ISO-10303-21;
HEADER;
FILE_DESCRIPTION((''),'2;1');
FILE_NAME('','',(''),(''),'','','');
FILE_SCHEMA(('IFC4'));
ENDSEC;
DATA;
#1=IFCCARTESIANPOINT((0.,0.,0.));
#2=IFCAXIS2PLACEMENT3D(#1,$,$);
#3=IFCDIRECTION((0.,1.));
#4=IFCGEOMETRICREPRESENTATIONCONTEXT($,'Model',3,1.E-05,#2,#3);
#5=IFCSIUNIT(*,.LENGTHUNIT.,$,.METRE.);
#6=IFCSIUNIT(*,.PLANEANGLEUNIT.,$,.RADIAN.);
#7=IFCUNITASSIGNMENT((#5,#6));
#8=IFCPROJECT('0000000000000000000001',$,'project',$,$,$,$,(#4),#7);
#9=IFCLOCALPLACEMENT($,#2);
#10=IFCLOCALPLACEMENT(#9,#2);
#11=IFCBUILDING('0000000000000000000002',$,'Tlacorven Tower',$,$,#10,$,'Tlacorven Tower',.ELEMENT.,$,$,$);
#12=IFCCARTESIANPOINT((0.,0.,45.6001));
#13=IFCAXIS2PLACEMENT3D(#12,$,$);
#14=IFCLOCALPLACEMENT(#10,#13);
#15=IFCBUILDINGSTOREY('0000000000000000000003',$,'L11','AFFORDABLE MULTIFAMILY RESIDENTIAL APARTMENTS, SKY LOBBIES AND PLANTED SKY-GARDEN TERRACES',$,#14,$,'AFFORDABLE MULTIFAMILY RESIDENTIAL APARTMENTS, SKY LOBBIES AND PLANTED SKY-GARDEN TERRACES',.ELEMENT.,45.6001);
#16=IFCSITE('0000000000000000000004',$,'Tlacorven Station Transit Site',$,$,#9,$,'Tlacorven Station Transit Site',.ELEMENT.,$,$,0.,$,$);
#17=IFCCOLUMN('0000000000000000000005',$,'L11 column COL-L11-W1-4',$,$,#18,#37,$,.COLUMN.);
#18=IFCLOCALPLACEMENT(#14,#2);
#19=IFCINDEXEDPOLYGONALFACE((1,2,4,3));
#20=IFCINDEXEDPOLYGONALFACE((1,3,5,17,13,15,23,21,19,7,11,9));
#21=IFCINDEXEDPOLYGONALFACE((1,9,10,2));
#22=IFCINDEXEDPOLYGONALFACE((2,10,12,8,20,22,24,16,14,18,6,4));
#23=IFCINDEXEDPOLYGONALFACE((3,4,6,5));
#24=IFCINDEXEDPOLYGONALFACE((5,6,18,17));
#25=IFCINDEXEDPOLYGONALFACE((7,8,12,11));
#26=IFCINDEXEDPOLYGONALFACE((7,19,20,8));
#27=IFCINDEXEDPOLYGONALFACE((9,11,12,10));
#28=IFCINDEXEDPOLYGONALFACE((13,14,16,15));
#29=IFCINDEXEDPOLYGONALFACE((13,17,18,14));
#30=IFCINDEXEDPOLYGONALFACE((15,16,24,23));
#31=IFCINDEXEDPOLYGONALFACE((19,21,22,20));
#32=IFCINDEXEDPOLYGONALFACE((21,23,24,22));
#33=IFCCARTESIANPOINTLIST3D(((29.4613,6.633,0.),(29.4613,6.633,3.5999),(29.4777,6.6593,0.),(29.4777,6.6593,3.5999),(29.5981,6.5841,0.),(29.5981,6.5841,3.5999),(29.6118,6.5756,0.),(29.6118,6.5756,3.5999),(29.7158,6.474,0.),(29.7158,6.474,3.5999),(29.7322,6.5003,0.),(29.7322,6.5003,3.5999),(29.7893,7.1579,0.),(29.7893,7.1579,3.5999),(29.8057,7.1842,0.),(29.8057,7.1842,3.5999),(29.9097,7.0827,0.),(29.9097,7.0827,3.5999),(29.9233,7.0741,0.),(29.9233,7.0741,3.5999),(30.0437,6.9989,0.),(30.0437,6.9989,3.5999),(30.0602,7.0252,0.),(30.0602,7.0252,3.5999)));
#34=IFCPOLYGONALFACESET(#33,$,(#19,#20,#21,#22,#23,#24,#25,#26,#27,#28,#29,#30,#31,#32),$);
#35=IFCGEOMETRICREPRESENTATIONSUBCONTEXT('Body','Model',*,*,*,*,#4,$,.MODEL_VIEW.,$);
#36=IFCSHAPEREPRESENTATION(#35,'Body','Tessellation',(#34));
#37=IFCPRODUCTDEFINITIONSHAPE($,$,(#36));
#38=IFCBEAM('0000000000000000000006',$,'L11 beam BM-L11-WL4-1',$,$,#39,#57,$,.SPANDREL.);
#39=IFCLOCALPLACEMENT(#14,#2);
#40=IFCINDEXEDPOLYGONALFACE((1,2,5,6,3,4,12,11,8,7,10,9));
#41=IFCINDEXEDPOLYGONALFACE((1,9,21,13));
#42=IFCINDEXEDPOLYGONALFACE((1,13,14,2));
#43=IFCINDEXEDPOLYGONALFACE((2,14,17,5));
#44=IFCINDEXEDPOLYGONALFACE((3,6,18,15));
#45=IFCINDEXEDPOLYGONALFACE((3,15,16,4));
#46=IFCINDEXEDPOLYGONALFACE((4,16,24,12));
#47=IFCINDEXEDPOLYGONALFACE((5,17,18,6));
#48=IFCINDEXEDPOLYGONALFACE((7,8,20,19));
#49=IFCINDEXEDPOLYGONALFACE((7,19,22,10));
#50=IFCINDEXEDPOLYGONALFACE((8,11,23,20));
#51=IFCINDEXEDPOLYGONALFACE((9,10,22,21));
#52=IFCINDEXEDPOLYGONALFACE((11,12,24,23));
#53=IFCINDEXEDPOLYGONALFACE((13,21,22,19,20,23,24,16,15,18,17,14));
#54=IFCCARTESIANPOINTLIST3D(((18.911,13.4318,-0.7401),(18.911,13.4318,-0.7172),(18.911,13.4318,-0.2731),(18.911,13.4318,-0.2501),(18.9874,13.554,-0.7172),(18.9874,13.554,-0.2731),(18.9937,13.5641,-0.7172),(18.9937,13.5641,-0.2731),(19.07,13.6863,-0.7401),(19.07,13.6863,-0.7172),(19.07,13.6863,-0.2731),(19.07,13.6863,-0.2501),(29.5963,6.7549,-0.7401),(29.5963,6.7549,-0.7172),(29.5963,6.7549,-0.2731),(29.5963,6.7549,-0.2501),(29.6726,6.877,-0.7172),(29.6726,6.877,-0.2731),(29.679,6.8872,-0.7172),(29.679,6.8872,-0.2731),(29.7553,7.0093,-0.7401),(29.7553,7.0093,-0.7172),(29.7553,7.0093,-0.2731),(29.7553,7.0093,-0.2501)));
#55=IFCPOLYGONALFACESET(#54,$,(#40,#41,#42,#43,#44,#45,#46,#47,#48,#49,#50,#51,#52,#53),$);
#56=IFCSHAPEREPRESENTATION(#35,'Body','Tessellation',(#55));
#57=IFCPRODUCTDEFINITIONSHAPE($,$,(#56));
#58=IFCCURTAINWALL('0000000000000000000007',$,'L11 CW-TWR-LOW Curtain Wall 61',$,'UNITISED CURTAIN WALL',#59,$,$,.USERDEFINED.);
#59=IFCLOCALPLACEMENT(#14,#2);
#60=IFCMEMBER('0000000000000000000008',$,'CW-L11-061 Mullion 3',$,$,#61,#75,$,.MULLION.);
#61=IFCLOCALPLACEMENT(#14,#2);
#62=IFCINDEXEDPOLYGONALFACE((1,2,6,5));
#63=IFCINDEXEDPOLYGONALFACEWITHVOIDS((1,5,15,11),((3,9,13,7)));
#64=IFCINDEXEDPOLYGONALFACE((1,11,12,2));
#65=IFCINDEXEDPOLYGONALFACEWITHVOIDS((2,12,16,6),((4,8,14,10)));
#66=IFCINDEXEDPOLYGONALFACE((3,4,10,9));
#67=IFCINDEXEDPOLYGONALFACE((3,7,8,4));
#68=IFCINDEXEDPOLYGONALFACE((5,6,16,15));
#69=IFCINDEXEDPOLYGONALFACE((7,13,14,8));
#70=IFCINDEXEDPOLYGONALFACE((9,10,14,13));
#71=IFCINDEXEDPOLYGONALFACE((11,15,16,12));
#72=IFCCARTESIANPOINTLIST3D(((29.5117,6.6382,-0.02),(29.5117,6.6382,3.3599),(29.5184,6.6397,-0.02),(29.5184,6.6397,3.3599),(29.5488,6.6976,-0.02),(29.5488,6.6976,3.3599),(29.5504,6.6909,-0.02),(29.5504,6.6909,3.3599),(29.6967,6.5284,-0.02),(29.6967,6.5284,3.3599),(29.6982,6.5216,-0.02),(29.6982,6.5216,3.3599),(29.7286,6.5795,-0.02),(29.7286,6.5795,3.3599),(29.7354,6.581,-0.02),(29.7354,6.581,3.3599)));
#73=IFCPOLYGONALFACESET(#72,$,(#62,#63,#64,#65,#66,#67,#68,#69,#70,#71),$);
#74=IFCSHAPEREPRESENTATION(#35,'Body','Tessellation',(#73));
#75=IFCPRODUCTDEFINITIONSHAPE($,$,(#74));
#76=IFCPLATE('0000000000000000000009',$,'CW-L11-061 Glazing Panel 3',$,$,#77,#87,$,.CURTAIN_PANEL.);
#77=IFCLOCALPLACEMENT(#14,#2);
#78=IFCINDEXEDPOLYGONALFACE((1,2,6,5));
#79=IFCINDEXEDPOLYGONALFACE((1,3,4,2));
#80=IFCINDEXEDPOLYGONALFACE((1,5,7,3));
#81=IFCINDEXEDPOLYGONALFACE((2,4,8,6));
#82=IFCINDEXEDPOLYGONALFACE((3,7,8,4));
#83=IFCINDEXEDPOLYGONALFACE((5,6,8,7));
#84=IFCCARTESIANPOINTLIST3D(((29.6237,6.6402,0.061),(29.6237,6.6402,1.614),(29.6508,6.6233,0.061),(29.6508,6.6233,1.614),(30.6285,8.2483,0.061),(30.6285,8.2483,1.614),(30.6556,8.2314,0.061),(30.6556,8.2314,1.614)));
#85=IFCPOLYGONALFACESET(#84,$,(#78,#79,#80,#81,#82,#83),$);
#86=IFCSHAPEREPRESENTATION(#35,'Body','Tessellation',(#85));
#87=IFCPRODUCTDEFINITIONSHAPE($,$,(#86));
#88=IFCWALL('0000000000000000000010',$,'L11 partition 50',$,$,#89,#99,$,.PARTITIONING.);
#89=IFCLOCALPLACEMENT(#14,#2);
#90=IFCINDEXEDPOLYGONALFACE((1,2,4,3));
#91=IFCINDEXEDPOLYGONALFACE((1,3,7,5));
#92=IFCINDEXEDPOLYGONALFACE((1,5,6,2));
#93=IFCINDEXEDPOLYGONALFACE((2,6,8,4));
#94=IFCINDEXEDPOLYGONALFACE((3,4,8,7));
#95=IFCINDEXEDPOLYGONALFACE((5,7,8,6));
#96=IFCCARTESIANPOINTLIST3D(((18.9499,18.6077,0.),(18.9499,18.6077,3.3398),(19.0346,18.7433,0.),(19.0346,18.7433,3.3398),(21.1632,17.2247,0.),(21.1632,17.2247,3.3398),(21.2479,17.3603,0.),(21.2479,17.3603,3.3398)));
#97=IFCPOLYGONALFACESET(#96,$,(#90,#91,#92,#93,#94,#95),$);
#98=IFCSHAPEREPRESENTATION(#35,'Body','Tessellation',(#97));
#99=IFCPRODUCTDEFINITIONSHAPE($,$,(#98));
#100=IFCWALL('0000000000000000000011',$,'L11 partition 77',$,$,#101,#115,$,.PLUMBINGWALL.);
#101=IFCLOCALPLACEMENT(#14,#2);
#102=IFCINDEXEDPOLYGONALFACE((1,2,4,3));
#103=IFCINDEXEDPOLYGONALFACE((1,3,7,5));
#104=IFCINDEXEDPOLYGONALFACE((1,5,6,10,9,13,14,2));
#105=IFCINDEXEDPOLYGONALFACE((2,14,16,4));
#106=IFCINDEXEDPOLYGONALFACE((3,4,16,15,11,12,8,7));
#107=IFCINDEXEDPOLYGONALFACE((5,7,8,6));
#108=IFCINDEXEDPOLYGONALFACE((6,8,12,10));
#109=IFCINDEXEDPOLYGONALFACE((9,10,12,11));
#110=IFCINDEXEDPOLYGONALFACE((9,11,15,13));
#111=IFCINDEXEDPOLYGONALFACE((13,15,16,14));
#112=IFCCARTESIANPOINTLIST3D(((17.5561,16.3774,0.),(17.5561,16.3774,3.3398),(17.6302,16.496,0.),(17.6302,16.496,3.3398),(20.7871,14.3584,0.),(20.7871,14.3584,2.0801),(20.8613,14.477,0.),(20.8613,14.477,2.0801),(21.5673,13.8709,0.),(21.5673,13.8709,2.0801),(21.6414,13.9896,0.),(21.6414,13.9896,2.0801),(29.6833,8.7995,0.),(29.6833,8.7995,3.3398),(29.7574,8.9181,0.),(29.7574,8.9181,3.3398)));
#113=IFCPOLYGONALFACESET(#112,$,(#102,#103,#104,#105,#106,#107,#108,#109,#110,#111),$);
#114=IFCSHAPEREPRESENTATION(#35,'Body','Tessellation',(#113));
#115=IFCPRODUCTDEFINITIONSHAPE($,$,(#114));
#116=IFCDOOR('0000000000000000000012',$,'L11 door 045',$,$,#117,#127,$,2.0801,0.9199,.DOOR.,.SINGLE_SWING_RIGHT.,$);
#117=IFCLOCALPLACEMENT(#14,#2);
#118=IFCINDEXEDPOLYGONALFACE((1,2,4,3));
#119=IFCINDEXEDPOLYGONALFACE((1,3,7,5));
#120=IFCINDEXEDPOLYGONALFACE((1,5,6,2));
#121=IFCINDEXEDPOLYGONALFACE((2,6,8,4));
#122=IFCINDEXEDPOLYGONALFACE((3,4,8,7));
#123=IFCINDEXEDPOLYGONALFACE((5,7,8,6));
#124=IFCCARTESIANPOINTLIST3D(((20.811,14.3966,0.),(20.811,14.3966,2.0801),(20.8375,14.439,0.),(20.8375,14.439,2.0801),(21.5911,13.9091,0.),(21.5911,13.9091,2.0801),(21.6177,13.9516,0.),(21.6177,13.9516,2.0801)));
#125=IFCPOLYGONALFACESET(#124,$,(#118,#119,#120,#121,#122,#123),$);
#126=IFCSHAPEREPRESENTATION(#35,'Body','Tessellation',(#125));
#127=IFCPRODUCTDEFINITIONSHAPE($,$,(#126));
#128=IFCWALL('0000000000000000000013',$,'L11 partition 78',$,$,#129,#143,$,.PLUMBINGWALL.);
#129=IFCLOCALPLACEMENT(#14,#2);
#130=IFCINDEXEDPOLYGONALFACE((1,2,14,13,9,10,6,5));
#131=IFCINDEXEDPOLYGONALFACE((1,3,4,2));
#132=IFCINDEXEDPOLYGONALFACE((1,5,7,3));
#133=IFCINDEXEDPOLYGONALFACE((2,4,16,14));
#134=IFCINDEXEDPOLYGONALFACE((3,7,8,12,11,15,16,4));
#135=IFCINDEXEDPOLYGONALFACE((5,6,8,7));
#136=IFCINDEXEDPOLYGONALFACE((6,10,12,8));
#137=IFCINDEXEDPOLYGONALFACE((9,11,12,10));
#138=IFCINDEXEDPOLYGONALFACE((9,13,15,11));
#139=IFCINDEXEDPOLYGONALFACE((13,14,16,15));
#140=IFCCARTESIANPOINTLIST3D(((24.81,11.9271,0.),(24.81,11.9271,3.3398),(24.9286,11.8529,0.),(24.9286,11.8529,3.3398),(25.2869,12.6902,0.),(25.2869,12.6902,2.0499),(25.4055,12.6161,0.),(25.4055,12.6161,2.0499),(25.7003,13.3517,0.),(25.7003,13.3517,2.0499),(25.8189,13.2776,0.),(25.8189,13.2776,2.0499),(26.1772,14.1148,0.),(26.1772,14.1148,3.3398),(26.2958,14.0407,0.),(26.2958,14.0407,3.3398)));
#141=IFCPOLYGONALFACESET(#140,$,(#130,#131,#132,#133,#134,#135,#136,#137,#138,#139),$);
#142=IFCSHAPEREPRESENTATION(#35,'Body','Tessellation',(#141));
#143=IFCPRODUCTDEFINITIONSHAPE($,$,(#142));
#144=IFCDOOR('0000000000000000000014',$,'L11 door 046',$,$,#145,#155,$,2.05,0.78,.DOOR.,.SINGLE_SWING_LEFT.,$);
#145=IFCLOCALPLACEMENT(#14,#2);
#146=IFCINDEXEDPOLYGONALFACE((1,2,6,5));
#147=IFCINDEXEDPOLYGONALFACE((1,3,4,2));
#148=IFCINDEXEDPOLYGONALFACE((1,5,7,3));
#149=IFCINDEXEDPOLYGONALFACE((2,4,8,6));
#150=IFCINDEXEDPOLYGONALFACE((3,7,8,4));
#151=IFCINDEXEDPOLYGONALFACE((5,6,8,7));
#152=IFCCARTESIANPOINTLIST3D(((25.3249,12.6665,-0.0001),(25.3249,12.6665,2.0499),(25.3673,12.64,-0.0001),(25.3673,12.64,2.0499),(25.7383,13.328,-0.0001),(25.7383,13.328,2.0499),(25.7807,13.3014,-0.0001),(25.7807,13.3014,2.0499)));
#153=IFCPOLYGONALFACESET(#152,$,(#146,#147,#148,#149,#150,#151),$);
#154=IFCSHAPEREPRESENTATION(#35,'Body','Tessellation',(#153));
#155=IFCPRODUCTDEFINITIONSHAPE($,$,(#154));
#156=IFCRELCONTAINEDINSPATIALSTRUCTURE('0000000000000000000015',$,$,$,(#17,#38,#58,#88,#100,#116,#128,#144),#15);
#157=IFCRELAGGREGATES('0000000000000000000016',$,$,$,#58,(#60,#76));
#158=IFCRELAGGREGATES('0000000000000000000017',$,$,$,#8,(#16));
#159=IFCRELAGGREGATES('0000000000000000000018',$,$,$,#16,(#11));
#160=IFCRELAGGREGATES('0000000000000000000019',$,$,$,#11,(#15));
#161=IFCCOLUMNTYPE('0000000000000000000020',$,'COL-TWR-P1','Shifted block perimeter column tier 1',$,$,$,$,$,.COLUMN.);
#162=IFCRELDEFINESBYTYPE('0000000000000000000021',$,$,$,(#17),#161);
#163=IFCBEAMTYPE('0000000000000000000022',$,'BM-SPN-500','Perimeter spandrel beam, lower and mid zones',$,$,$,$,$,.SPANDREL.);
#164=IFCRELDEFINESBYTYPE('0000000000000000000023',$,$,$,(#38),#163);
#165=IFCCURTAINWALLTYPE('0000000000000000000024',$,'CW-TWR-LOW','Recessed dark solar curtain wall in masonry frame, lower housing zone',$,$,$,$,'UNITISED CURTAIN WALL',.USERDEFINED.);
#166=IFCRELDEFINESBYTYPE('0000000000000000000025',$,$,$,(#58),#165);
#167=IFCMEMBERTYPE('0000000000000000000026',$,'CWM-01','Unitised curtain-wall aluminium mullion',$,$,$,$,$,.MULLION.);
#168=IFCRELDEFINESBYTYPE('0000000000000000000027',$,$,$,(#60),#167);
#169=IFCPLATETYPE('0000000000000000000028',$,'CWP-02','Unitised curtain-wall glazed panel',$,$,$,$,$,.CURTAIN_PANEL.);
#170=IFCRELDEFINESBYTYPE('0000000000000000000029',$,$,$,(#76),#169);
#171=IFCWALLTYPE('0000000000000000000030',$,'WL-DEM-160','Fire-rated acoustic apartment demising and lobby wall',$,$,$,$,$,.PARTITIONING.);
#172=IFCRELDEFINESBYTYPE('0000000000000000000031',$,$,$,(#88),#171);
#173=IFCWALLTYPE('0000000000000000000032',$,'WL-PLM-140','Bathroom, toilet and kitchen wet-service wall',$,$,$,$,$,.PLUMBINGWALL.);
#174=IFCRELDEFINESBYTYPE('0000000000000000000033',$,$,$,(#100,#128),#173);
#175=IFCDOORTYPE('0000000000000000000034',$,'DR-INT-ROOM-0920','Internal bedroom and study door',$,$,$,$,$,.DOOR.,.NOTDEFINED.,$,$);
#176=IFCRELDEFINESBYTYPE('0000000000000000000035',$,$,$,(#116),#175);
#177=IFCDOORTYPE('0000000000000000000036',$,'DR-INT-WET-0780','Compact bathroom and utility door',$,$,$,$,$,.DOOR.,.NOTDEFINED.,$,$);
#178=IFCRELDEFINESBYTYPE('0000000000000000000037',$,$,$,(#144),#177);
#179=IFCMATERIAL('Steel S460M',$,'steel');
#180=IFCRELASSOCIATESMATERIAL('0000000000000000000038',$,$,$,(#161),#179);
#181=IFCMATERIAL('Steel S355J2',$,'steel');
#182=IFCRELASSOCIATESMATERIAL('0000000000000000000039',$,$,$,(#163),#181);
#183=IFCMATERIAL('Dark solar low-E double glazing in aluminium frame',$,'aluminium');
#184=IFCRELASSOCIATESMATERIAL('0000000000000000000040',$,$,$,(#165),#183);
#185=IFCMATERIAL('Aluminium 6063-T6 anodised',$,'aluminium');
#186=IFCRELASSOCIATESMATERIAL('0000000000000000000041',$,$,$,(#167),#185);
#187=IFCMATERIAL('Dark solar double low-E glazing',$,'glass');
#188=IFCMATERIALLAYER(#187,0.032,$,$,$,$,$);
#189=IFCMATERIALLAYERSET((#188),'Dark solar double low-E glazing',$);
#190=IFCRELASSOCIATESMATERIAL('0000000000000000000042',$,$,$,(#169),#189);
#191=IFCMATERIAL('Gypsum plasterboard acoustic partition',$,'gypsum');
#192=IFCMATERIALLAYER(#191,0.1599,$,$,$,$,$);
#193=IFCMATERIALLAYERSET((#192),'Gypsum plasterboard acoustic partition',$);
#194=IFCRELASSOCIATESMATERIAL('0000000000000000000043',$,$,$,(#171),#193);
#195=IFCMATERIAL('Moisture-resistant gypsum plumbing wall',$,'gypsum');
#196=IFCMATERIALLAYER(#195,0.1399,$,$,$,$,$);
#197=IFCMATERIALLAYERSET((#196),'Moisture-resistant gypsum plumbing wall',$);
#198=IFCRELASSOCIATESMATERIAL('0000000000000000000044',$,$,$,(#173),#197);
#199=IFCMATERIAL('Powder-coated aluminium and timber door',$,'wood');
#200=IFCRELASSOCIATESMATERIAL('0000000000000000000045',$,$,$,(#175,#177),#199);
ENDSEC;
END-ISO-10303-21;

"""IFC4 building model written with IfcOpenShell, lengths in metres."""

from ifc_helpers import new_model, si_unit, direction, frame, frame_2d, origin, origin_2d, place, context, subcontext, project, spatial, rectangle, hollow_rectangle, i_section, extrude, source, transform, mapped, material, layer, layer_set, material_profile, profile_set, type_object, element, fill, aggregate, save


model = new_model("IFC4")

# Units and contexts
model_context = context("Model", 3, precision=1e-05, world=origin(), true_north=direction((0.0, 1.0)))
body_context = subcontext(model_context, "Body", "Model", "MODEL_VIEW")
ifc_project = project(units=[si_unit("LENGTHUNIT", "METRE"), si_unit("PLANEANGLEUNIT", "RADIAN")], contexts=[model_context])

# Site, building, storey
site_placement = place(None, origin())
site = spatial("IfcSite", under=ifc_project, at=site_placement, Name="Tlacorven Station Transit Site", LongName="Tlacorven Station Transit Site", CompositionType="ELEMENT", RefElevation=0.0)
building_placement = place(site_placement, origin())
building = spatial("IfcBuilding", under=site, at=building_placement, Name="Tlacorven Tower", LongName="Tlacorven Tower", CompositionType="ELEMENT")
storey_placement = place(building_placement, frame((0.0, 0.0, 45.6001)))
storey = spatial("IfcBuildingStorey", under=building, at=storey_placement, Name="L11", Description="AFFORDABLE MULTIFAMILY RESIDENTIAL APARTMENTS, SKY LOBBIES AND PLANTED SKY-GARDEN TERRACES", LongName="AFFORDABLE MULTIFAMILY RESIDENTIAL APARTMENTS, SKY LOBBIES AND PLANTED SKY-GARDEN TERRACES", CompositionType="ELEMENT", Elevation=45.6001)

# Column
ifc_material_1 = material(Name="Steel S460M", Category="steel")
ifc_material_profile_1 = material_profile(ifc_material_1, i_section(OverallWidth=0.3, OverallDepth=0.6499, WebThickness=0.0161, FlangeThickness=0.031, at=origin_2d()), Name="HEB 650")
ifc_profile_set_1 = profile_set([ifc_material_profile_1], Name="Steel S460M")
column_type = type_object("IfcColumnType", Name="COL-TWR-P1", Description="Shifted block perimeter column tier 1", PredefinedType="COLUMN", material=ifc_profile_set_1)
shared_shape_1 = source(origin(), body_context, "Body", "SweptSolid", [
    extrude(i_section(OverallWidth=0.3, OverallDepth=0.6499, WebThickness=0.0161, FlangeThickness=0.031, at=origin_2d()), origin(), (0.0, 0.0, 1.0), 3.5999),
])
column_placement = place(storey_placement, frame((29.7607, 6.8291, 0.0), z_axis=(0.0, 0.0, 1.0), x_axis=(-0.848048, 0.529919, 0.0)))
element("IfcColumn", 1, at=column_placement, inside=storey, type_object=column_type, Name="L11 column COL-L11-W1-4", PredefinedType="COLUMN", context=body_context, shape_type="MappedRepresentation", body=[
    mapped(shared_shape_1, transform((0.0, 0.0, 0.0), scale=1.0)),
])

# Beam
ifc_material_2 = material(Name="Steel S355J2", Category="steel")
ifc_material_profile_2 = material_profile(ifc_material_2, i_section(OverallWidth=0.3, OverallDepth=0.49, WebThickness=0.012, FlangeThickness=0.0229, at=origin_2d()), Name="HEA 500")
ifc_profile_set_2 = profile_set([ifc_material_profile_2], Name="Steel S355J2")
beam_type = type_object("IfcBeamType", Name="BM-SPN-500", Description="Perimeter spandrel beam, lower and mid zones", PredefinedType="SPANDREL", material=ifc_profile_set_2)
shared_shape_2 = source(origin(), body_context, "Body", "SweptSolid", [
    extrude(i_section(OverallWidth=0.3, OverallDepth=0.49, WebThickness=0.012, FlangeThickness=0.0229, at=origin_2d()), origin(), (0.0, 0.0, 1.0), 12.5999),
])
beam_placement = place(storey_placement, frame((29.6758, 6.8821, -0.4951), z_axis=(-0.848045, 0.529924, 0.0), x_axis=(-0.529924, -0.848045, 0.0)))
element("IfcBeam", 2, at=beam_placement, inside=storey, type_object=beam_type, Name="L11 beam BM-L11-WL4-1", PredefinedType="SPANDREL", context=body_context, shape_type="MappedRepresentation", body=[
    mapped(shared_shape_2, transform((0.0, 0.0, 0.0), scale=1.0)),
])

# Curtain wall, member, plate
ifc_material_3 = material(Name="Dark solar low-E double glazing in aluminium frame", Category="aluminium")
curtain_wall_type = type_object("IfcCurtainWallType", Name="CW-TWR-LOW", Description="Recessed dark solar curtain wall in masonry frame, lower housing zone", ElementType="UNITISED CURTAIN WALL", PredefinedType="USERDEFINED", material=ifc_material_3)
curtain_wall_placement = place(storey_placement, origin())
curtain_wall = element("IfcCurtainWall", 3, at=curtain_wall_placement, inside=storey, type_object=curtain_wall_type, Name="L11 CW-TWR-LOW Curtain Wall 61", ObjectType="UNITISED CURTAIN WALL", PredefinedType="USERDEFINED")
ifc_material_4 = material(Name="Aluminium 6063-T6 anodised", Category="aluminium")
ifc_material_profile_3 = material_profile(ifc_material_4, hollow_rectangle(XDim=0.0701, YDim=0.22, WallThickness=0.0049, at=origin_2d()), Name="ALU MULLION 70X220")
ifc_profile_set_3 = profile_set([ifc_material_profile_3], Name="Aluminium 6063-T6 anodised")
member_type = type_object("IfcMemberType", Name="CWM-01", Description="Unitised curtain-wall aluminium mullion", PredefinedType="MULLION", material=ifc_profile_set_3)
shared_shape_3 = source(origin(), body_context, "Body", "SweptSolid", [
    extrude(hollow_rectangle(XDim=0.0701, YDim=0.22, WallThickness=0.0049, at=origin_2d()), origin(), (0.0, 0.0, 1.0), 3.3799),
])
member_placement = place(storey_placement, frame((29.6235, 6.6096, -0.02), z_axis=(0.0, 0.0, 1.0), x_axis=(-0.529919, -0.848048, 0.0)))
member = element("IfcMember", 4, at=member_placement, type_object=member_type, Name="CW-L11-061 Mullion 3", PredefinedType="MULLION", context=body_context, shape_type="MappedRepresentation", body=[
    mapped(shared_shape_3, transform((0.0, 0.0, 0.0), scale=1.0)),
])
ifc_material_5 = material(Name="Dark solar double low-E glazing", Category="glass")
ifc_layer_1 = layer(ifc_material_5, 0.032)
ifc_layer_set_1 = layer_set([ifc_layer_1], Name="Dark solar double low-E glazing")
plate_type = type_object("IfcPlateType", Name="CWP-02", Description="Unitised curtain-wall glazed panel", PredefinedType="CURTAIN_PANEL", material=ifc_layer_set_1)
shared_shape_4 = source(origin(), body_context, "Body", "SweptSolid", [
    extrude(rectangle(XDim=1.8962, YDim=0.032, at=origin_2d()), origin(), (0.0, 0.0, 1.0), 1.553),
])
plate_placement = place(storey_placement, frame((30.1396, 7.4358, 0.061), z_axis=(0.0, 0.0, 1.0), x_axis=(-0.529919, -0.848048, 0.0)))
plate = element("IfcPlate", 5, at=plate_placement, type_object=plate_type, Name="CW-L11-061 Glazing Panel 3", PredefinedType="CURTAIN_PANEL", context=body_context, shape_type="MappedRepresentation", body=[
    mapped(shared_shape_4, transform((0.0, 0.0, 0.0), scale=1.0)),
])
aggregate(curtain_wall, [member, plate])

# Wall
ifc_material_6 = material(Name="Gypsum plasterboard acoustic partition", Category="gypsum")
ifc_layer_2 = layer(ifc_material_6, 0.1599)
ifc_layer_set_2 = layer_set([ifc_layer_2], Name="Gypsum plasterboard acoustic partition")
wall_type_1 = type_object("IfcWallType", Name="WL-DEM-160", Description="Fire-rated acoustic apartment demising and lobby wall", PredefinedType="PARTITIONING", material=ifc_layer_set_2)
wall_1_placement = place(storey_placement, frame((21.2056, 17.2925, 0.0), z_axis=(0.0, 0.0, 1.0), x_axis=(-0.848051, 0.529915, 0.0)))
element("IfcWall", 6, at=wall_1_placement, inside=storey, type_object=wall_type_1, Name="L11 partition 50", PredefinedType="PARTITIONING", context=body_context, shape_type="SweptSolid", body=[
    extrude(rectangle(XDim=2.6099, YDim=0.1599, at=frame_2d((1.3049, 0.0))), origin(), (0.0, 0.0, 1.0), 3.3398),
])

# Shared definitions
ifc_material_7 = material(Name="Powder-coated aluminium and timber door", Category="wood")

# Walls, openings, doors
ifc_material_8 = material(Name="Moisture-resistant gypsum plumbing wall", Category="gypsum")
ifc_layer_3 = layer(ifc_material_8, 0.1399)
ifc_layer_set_3 = layer_set([ifc_layer_3], Name="Moisture-resistant gypsum plumbing wall")
wall_type_2 = type_object("IfcWallType", Name="WL-PLM-140", Description="Bathroom, toilet and kitchen wet-service wall", PredefinedType="PLUMBINGWALL", material=ifc_layer_set_3)
wall_2_placement = place(storey_placement, frame((29.7202, 8.8589, 0.0), z_axis=(0.0, 0.0, 1.0), x_axis=(-0.848049, 0.529918, 0.0)))
wall_2 = element("IfcWall", 7, at=wall_2_placement, inside=storey, type_object=wall_type_2, Name="L11 partition 77", PredefinedType="PLUMBINGWALL", context=body_context, shape_type="SweptSolid", body=[
    extrude(rectangle(XDim=14.3, YDim=0.1399, at=frame_2d((7.1499, 0.0))), origin(), (0.0, 0.0, 1.0), 3.3398),
])
opening_1_placement = place(wall_2_placement, frame((9.5701, 0.0, 0.0)))
opening_1 = element("IfcOpeningElement", 8, at=opening_1_placement, cuts=wall_2, PredefinedType="OPENING", context=body_context, shape_type="SweptSolid", body=[
    extrude(rectangle(XDim=0.9199, YDim=2.0801, at=frame_2d((0.46, 1.04))), frame((0.0, 0.0801, 0.0), z_axis=(0.0, -1.0, 0.0), x_axis=(1.0, 0.0, 0.0)), (0.0, 0.0, 1.0), 0.1599),
])
door_type_1 = type_object("IfcDoorType", Name="DR-INT-ROOM-0920", Description="Internal bedroom and study door", OperationType="NOTDEFINED", PredefinedType="DOOR", material=ifc_material_7)
shared_shape_5 = source(origin(), body_context, "Body", "SweptSolid", [
    extrude(rectangle(XDim=0.9199, YDim=2.0801, at=frame_2d((0.46, 1.04))), frame((0.0, 0.0249, 0.0), z_axis=(0.0, -1.0, 0.0), x_axis=(1.0, 0.0, 0.0)), (0.0, 0.0, 1.0), 0.05),
])
door_1_placement = place(opening_1_placement, origin())
door_1 = element("IfcDoor", 9, at=door_1_placement, inside=storey, type_object=door_type_1, Name="L11 door 045", OperationType="SINGLE_SWING_RIGHT", OverallHeight=2.0801, OverallWidth=0.9199, PredefinedType="DOOR", context=body_context, shape_type="MappedRepresentation", body=[
    mapped(shared_shape_5, transform((0.0, 0.0, 0.0), scale=1.0)),
])
fill(opening_1, door_1)
wall_3_placement = place(storey_placement, frame((26.2366, 14.0779, 0.0), z_axis=(0.0, 0.0, 1.0), x_axis=(-0.529956, -0.848025, 0.0)))
wall_3 = element("IfcWall", 10, at=wall_3_placement, inside=storey, type_object=wall_type_2, Name="L11 partition 78", PredefinedType="PLUMBINGWALL", context=body_context, shape_type="SweptSolid", body=[
    extrude(rectangle(XDim=2.5798, YDim=0.1399, at=frame_2d((1.29, 0.0))), origin(), (0.0, 0.0, 1.0), 3.3398),
])
opening_2_placement = place(wall_3_placement, frame((0.8999, 0.0, 0.0)))
opening_2 = element("IfcOpeningElement", 11, at=opening_2_placement, cuts=wall_3, PredefinedType="OPENING", context=body_context, shape_type="SweptSolid", body=[
    extrude(rectangle(XDim=0.78, YDim=2.05, at=frame_2d((0.3901, 1.0249))), frame((0.0, 0.0801, 0.0), z_axis=(0.0, -1.0, 0.0), x_axis=(1.0, 0.0, 0.0)), (0.0, 0.0, 1.0), 0.1599),
])
door_type_2 = type_object("IfcDoorType", Name="DR-INT-WET-0780", Description="Compact bathroom and utility door", OperationType="NOTDEFINED", PredefinedType="DOOR", material=ifc_material_7)
shared_shape_6 = source(origin(), body_context, "Body", "SweptSolid", [
    extrude(rectangle(XDim=0.78, YDim=2.05, at=frame_2d((0.3901, 1.0249))), frame((0.0, 0.0249, 0.0), z_axis=(0.0, -1.0, 0.0), x_axis=(1.0, 0.0, 0.0)), (0.0, 0.0, 1.0), 0.05),
])
door_2_placement = place(opening_2_placement, origin())
door_2 = element("IfcDoor", 12, at=door_2_placement, inside=storey, type_object=door_type_2, Name="L11 door 046", OperationType="SINGLE_SWING_LEFT", OverallHeight=2.05, OverallWidth=0.78, PredefinedType="DOOR", context=body_context, shape_type="MappedRepresentation", body=[
    mapped(shared_shape_6, transform((0.0, 0.0, 0.0), scale=1.0)),
])
fill(opening_2, door_2)

save(model, "model.ifc")
